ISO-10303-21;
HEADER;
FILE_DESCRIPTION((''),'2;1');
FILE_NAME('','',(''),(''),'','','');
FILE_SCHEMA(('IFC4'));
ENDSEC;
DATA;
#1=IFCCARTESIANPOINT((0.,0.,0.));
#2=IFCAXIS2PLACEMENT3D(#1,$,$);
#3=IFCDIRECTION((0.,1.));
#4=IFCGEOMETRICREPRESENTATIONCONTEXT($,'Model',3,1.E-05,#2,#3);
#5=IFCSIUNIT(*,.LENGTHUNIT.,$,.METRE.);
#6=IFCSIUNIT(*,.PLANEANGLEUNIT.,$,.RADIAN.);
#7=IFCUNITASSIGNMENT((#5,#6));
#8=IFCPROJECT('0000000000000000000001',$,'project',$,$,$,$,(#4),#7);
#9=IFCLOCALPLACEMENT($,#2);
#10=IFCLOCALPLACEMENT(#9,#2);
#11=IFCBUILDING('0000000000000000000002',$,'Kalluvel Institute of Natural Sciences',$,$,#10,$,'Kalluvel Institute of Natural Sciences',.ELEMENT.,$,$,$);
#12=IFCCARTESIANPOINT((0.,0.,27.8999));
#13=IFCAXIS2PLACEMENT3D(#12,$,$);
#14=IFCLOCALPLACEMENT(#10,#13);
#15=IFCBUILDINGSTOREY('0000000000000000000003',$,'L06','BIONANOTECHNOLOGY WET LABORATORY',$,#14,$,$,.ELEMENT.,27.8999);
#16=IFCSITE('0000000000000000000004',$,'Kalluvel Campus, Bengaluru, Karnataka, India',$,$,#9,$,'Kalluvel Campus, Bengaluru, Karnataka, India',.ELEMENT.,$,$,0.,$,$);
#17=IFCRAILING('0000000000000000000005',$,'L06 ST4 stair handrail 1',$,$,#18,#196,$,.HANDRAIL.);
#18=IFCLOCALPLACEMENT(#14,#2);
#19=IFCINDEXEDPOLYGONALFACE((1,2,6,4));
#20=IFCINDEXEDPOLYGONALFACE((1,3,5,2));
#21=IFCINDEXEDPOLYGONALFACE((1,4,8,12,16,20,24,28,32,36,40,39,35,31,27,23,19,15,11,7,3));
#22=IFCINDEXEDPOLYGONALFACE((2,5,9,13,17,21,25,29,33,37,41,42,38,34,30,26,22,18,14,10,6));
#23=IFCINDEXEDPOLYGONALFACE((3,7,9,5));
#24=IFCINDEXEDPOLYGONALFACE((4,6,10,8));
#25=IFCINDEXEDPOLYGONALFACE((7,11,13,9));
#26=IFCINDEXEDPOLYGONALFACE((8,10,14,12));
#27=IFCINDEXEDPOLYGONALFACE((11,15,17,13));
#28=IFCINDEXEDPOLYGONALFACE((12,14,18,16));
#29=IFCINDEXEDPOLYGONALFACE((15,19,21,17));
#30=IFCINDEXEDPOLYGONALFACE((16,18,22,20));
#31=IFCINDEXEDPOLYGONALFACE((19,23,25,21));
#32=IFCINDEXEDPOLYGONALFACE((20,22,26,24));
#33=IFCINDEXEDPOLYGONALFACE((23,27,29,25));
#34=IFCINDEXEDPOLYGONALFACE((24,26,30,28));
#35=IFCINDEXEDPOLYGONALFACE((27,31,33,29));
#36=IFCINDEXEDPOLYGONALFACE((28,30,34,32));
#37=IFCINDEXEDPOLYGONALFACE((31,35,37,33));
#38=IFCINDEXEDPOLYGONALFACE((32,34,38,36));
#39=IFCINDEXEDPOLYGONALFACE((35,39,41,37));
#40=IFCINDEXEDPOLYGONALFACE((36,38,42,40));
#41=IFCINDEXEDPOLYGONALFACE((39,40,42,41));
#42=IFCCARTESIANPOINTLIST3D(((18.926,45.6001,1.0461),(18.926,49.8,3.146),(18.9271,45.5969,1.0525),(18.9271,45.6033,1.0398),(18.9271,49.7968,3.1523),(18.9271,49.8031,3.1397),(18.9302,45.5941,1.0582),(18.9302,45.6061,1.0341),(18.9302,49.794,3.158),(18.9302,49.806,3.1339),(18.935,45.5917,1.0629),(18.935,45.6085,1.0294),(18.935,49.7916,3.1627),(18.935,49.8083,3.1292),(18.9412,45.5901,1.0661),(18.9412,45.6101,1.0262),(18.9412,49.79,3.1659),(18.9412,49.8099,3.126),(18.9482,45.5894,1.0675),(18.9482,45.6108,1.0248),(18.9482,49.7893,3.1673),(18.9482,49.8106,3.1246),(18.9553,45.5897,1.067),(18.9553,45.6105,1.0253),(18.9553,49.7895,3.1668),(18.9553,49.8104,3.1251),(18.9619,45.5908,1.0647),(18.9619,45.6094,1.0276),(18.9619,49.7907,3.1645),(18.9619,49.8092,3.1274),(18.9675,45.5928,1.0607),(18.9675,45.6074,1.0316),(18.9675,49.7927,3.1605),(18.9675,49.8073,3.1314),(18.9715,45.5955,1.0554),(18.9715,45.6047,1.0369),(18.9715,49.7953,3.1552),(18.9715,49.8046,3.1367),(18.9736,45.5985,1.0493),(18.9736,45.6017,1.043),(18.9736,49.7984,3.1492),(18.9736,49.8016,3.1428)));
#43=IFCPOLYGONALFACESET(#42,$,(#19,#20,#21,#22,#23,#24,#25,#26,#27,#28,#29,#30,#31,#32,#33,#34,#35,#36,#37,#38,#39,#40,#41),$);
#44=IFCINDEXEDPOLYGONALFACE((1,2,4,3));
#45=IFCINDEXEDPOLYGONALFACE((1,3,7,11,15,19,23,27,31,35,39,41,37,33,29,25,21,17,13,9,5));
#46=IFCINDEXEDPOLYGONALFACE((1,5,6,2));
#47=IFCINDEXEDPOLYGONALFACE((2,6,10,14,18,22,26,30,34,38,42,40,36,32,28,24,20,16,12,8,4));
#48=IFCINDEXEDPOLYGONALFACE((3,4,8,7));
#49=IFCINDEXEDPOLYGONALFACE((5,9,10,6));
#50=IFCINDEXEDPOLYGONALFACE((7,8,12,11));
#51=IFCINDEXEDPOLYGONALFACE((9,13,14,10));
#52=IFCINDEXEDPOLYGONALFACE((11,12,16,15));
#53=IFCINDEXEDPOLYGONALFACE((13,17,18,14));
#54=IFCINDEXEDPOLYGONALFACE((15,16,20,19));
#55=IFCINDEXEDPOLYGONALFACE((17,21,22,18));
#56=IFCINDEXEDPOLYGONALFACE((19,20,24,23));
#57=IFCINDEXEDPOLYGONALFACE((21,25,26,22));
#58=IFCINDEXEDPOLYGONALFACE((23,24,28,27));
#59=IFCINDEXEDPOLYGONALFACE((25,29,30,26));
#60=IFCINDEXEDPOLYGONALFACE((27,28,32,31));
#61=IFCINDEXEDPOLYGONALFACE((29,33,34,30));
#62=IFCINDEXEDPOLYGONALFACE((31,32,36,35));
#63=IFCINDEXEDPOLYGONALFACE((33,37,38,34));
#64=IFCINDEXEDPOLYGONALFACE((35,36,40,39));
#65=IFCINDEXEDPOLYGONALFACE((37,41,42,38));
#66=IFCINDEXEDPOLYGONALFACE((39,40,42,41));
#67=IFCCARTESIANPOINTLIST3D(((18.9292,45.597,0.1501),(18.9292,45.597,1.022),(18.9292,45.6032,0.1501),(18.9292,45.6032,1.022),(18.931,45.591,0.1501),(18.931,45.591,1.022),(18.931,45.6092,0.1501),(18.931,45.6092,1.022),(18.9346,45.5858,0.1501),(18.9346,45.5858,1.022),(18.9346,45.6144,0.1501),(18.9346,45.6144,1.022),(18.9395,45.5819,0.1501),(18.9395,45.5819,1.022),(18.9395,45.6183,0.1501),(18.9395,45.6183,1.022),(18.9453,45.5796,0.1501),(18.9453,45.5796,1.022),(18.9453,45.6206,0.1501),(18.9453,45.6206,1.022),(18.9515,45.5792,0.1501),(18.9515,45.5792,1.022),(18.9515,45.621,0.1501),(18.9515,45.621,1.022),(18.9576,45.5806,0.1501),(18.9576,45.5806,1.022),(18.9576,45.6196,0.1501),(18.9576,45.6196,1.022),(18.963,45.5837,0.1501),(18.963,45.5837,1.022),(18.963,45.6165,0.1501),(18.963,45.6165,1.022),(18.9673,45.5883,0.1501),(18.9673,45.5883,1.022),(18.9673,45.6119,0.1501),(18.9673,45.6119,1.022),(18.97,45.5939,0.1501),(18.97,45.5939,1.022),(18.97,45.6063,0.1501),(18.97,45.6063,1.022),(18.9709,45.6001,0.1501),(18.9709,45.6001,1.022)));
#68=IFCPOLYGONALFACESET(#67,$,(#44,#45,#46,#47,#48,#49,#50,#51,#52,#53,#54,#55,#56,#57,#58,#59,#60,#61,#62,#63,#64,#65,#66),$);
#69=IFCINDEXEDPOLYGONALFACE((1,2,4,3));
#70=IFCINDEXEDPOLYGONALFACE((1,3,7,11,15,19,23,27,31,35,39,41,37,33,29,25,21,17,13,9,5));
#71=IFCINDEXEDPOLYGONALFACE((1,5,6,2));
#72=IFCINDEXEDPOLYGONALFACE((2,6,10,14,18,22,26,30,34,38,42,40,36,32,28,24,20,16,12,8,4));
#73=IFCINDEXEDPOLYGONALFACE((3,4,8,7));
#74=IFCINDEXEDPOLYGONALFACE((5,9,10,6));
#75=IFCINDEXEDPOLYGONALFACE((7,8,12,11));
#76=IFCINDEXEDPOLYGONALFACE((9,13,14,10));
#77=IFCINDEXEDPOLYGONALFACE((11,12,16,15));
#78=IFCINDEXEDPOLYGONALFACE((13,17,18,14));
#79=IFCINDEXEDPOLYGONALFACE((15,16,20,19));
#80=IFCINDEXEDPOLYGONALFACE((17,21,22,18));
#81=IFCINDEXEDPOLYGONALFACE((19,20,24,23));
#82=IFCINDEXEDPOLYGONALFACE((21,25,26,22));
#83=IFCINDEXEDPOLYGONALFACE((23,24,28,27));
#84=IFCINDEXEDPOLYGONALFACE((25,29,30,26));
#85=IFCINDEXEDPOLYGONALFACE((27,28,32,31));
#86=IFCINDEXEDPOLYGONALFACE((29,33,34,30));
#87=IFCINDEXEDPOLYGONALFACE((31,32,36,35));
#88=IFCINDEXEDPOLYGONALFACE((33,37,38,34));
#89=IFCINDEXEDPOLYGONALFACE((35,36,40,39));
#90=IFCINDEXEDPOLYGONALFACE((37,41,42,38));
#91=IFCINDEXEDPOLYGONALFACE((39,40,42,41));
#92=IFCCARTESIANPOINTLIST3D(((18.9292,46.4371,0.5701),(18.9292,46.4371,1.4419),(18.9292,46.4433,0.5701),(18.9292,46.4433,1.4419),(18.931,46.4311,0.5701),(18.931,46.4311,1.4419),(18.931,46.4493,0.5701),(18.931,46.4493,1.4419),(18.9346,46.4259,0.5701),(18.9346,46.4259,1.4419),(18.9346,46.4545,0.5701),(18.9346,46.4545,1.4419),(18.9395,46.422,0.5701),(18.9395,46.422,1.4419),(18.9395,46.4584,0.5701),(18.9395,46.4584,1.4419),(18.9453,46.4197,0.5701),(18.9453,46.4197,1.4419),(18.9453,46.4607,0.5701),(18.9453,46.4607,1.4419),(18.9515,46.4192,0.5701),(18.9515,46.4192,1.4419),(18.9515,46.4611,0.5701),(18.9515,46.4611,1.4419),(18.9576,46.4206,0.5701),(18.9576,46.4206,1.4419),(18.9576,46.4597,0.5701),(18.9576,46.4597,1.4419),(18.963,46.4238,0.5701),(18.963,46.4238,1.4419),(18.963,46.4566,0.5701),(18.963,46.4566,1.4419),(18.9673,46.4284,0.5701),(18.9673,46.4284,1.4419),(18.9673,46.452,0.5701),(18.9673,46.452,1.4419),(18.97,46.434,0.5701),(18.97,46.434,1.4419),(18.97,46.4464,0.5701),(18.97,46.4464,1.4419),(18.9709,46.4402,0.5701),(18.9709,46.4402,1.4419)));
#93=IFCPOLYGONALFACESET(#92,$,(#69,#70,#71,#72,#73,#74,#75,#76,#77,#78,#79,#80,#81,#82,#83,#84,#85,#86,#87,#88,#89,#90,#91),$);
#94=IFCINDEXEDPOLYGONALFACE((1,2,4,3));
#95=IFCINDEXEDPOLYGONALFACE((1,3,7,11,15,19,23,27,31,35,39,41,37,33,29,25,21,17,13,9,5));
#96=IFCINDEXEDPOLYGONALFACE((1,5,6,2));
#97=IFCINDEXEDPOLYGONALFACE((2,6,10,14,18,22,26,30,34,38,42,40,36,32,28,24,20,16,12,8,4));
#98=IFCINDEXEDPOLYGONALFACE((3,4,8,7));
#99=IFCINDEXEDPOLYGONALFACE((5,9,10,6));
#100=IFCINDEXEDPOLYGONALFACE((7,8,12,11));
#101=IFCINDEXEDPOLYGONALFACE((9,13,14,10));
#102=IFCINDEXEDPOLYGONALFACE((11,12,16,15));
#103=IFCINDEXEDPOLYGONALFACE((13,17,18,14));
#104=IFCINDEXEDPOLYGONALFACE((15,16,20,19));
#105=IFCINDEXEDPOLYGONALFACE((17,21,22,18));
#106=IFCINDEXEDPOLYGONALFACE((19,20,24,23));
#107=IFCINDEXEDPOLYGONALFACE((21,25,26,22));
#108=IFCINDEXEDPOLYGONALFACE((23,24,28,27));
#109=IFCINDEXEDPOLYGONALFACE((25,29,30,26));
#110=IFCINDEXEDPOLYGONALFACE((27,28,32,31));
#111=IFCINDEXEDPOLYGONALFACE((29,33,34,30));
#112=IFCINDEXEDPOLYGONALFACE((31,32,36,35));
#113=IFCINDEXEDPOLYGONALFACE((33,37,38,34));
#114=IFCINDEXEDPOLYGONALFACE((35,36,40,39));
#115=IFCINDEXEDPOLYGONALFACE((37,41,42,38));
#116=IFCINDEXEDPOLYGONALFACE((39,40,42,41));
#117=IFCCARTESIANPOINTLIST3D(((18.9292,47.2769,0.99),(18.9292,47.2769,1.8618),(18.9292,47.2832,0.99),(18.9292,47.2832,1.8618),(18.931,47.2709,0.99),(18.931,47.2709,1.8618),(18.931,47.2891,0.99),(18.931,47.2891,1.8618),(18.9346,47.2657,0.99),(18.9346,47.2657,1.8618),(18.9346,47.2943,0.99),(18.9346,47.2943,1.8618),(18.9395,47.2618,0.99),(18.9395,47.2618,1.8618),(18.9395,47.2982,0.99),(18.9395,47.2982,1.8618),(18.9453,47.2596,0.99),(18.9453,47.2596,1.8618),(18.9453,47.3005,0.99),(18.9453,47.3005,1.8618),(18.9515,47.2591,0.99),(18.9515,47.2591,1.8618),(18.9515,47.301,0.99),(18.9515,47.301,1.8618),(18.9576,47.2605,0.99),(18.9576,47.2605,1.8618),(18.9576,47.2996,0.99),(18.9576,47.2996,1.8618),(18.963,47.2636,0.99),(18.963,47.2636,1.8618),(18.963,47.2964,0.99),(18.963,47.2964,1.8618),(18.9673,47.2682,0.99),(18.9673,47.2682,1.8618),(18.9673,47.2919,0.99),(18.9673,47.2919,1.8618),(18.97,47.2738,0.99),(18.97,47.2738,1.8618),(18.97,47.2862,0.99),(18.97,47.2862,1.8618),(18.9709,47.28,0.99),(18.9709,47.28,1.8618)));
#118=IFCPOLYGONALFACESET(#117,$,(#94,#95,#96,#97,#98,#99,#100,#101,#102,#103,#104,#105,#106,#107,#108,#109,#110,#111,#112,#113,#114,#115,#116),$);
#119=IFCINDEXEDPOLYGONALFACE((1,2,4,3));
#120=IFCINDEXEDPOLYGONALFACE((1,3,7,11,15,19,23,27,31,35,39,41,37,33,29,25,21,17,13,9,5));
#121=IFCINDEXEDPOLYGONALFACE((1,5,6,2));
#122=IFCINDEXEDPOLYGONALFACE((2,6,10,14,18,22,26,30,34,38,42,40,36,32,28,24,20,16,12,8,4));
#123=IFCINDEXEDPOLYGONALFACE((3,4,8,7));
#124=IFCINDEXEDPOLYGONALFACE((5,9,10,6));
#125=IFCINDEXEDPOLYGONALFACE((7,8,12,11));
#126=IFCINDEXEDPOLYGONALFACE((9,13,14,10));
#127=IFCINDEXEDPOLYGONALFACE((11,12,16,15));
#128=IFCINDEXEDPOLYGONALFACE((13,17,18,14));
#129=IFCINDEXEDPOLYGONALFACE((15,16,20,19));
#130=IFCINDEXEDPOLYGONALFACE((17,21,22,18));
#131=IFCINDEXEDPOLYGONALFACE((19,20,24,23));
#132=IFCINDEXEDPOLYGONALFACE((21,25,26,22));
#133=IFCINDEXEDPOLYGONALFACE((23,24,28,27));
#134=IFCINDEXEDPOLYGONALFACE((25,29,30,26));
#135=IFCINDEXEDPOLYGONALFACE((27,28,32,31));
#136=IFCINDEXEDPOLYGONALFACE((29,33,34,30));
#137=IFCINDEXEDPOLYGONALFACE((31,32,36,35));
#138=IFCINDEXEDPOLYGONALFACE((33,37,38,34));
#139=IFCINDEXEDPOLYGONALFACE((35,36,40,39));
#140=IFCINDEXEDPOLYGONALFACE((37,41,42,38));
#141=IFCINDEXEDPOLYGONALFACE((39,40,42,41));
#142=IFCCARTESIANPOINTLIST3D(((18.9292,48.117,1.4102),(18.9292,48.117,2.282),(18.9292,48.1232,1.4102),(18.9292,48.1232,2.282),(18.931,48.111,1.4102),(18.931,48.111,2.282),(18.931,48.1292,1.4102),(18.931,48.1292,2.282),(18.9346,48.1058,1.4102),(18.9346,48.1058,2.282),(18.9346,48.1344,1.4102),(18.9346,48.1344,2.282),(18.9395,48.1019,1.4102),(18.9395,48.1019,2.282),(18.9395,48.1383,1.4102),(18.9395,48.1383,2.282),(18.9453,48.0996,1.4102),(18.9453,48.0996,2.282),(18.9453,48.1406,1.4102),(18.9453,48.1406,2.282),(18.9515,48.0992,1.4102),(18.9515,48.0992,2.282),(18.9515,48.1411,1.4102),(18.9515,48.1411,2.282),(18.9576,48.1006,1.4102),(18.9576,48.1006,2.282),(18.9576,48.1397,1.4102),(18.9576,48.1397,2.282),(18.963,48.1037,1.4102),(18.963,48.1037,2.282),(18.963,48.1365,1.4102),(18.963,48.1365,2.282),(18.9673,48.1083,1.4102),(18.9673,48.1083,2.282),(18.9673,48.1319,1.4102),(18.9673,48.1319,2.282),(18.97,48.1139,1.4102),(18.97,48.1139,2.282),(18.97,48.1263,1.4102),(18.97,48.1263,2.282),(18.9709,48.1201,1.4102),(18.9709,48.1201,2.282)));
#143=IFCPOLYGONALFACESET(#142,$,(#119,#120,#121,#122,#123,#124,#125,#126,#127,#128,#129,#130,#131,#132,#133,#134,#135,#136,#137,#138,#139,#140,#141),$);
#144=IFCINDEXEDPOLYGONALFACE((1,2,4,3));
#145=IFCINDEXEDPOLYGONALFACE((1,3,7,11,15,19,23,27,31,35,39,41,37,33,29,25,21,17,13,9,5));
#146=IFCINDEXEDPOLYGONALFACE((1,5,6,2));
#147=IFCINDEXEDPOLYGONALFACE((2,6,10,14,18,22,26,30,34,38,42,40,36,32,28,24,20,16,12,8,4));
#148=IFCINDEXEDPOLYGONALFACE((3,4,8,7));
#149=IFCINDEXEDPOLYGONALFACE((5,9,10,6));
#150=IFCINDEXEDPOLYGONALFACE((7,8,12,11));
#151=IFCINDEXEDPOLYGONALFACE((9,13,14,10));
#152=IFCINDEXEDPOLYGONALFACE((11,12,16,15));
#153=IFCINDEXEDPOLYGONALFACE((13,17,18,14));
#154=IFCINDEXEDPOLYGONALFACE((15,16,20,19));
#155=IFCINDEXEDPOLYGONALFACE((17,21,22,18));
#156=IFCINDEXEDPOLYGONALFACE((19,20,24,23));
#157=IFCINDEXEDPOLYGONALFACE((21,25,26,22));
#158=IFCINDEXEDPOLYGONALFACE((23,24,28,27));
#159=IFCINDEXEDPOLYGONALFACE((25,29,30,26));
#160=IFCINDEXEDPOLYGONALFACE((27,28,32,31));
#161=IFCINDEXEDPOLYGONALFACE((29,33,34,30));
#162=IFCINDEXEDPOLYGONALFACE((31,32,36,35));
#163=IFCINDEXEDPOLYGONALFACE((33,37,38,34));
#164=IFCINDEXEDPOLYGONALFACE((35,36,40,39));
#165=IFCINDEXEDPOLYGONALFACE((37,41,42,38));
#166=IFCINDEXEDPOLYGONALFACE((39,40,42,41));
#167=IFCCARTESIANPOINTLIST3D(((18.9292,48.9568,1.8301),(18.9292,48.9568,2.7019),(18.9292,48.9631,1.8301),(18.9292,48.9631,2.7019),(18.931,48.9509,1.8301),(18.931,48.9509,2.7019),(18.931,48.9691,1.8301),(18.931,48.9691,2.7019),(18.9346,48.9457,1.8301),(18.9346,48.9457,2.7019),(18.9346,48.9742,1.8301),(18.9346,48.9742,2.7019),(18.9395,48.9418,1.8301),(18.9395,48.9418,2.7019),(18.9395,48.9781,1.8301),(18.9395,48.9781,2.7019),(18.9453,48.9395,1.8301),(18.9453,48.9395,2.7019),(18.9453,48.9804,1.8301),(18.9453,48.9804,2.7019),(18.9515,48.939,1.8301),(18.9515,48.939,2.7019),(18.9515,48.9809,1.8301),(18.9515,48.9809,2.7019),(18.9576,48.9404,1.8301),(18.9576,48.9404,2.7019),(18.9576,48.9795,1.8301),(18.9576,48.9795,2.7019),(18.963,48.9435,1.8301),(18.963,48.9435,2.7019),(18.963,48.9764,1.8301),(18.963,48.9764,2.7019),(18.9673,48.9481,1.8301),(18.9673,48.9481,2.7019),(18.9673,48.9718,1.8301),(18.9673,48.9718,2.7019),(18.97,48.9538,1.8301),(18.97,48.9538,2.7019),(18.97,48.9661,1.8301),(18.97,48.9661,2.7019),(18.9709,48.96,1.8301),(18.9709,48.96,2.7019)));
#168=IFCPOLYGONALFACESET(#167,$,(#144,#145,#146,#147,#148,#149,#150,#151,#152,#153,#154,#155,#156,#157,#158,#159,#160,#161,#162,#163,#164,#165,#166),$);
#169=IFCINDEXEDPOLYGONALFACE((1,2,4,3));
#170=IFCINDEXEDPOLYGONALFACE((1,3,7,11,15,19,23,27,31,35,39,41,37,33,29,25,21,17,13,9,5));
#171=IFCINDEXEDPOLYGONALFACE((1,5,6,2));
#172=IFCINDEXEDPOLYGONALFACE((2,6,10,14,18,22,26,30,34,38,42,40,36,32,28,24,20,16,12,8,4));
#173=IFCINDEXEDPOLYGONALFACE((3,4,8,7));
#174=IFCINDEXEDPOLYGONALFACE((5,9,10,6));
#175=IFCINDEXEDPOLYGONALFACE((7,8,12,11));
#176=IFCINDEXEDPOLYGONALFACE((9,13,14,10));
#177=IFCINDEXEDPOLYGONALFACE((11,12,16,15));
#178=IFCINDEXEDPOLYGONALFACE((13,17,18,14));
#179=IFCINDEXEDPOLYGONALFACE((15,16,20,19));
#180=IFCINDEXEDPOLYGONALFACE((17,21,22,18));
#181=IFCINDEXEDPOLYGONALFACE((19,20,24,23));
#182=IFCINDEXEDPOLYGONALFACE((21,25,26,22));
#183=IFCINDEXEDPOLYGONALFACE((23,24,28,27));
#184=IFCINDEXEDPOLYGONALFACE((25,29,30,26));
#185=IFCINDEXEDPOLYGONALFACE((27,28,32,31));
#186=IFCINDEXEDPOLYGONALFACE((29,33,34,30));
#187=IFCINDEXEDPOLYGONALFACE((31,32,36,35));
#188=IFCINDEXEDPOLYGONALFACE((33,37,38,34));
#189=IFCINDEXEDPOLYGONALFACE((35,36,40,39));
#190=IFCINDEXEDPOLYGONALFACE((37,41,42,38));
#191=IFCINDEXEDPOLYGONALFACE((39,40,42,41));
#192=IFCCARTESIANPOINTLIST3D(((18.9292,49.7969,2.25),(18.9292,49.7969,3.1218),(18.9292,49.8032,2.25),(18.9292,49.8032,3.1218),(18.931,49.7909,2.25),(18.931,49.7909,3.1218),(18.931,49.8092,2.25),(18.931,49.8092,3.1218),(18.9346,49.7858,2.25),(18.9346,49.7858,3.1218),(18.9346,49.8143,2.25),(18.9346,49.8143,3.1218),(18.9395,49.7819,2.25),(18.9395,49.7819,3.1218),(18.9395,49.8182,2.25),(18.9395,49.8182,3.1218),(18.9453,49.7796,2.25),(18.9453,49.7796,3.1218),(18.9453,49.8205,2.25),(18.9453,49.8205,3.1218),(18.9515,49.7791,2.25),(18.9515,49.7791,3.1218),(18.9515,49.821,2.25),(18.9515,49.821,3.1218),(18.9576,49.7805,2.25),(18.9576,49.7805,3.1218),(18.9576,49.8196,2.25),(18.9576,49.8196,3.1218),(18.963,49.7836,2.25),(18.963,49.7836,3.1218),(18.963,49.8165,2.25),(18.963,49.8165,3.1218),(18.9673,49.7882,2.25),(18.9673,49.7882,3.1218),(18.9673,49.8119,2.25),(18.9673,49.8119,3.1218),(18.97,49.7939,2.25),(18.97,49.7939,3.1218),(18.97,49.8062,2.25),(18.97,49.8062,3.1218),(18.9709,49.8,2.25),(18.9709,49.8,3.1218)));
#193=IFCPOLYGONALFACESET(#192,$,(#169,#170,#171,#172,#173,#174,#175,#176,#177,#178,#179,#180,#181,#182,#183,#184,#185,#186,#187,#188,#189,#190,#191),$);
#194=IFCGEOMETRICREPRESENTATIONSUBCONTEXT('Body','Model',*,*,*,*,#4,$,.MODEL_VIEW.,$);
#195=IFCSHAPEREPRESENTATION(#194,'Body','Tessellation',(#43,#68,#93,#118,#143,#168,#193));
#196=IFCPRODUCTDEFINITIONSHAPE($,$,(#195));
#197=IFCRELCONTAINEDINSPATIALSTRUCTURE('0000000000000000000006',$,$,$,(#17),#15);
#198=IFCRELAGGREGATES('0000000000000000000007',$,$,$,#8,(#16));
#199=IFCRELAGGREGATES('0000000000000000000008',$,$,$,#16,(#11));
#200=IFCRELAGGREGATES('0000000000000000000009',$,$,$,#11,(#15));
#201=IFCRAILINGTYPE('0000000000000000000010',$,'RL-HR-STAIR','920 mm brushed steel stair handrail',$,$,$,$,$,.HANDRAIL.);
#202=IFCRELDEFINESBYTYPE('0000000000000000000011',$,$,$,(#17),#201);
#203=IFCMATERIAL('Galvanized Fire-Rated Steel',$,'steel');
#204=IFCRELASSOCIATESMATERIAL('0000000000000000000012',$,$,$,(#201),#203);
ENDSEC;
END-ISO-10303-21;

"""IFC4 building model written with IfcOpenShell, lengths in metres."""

from ifc_helpers import new_model, si_unit, direction, frame, origin, origin_2d, place, context, subcontext, project, spatial, circle, extrude, material, type_object, element, save


model = new_model("IFC4")

# Units and contexts
model_context = context("Model", 3, precision=1e-05, world=origin(), true_north=direction((0.0, 1.0)))
body_context = subcontext(model_context, "Body", "Model", "MODEL_VIEW")
ifc_project = project(units=[si_unit("LENGTHUNIT", "METRE"), si_unit("PLANEANGLEUNIT", "RADIAN")], contexts=[model_context])

# Site, building, storey
site_placement = place(None, origin())
site = spatial("IfcSite", under=ifc_project, at=site_placement, Name="Kalluvel Campus, Bengaluru, Karnataka, India", LongName="Kalluvel Campus, Bengaluru, Karnataka, India", CompositionType="ELEMENT", RefElevation=0.0)
building_placement = place(site_placement, origin())
building = spatial("IfcBuilding", under=site, at=building_placement, Name="Kalluvel Institute of Natural Sciences", LongName="Kalluvel Institute of Natural Sciences", CompositionType="ELEMENT")
storey_placement = place(building_placement, frame((0.0, 0.0, 27.8999)))
storey = spatial("IfcBuildingStorey", under=building, at=storey_placement, Name="L06", Description="BIONANOTECHNOLOGY WET LABORATORY", CompositionType="ELEMENT", Elevation=27.8999)

# Shared definitions
ifc_material_1 = material(Name="Galvanized Fire-Rated Steel", Category="steel")

# Railing
railing_type_1 = type_object("IfcRailingType", Name="RL-HR-STAIR", Description="920 mm brushed steel stair handrail", PredefinedType="HANDRAIL", material=ifc_material_1)
railing_1_placement = place(storey_placement, frame((18.95, 45.6001, 0.1501)))
element("IfcRailing", 1, at=railing_1_placement, inside=storey, type_object=railing_type_1, Name="L06 ST4 stair handrail 1", PredefinedType="HANDRAIL", context=body_context, shape_type="SweptSolid", body=[
    extrude(circle(Radius=0.0239, at=origin_2d()), frame((0.0, 0.0, 0.896), z_axis=(0.0, 0.894438, 0.447193), x_axis=(-1.0, 0.0, 0.0)), (0.0, 0.0, 1.0), 4.6956),
    extrude(circle(Radius=0.021, at=origin_2d()), origin(), (0.0, 0.0, 1.0), 0.8718),
    extrude(circle(Radius=0.021, at=origin_2d()), frame((0.0, 0.8401, 0.4199)), (0.0, 0.0, 1.0), 0.8718),
    extrude(circle(Radius=0.021, at=origin_2d()), frame((0.0, 1.6799, 0.8398)), (0.0, 0.0, 1.0), 0.8718),
    extrude(circle(Radius=0.021, at=origin_2d()), frame((0.0, 2.52, 1.26)), (0.0, 0.0, 1.0), 0.8718),
    extrude(circle(Radius=0.021, at=origin_2d()), frame((0.0, 3.3599, 1.6799)), (0.0, 0.0, 1.0), 0.8718),
    extrude(circle(Radius=0.021, at=origin_2d()), frame((0.0, 4.2, 2.0999)), (0.0, 0.0, 1.0), 0.8718),
])

save(model, "model.ifc")
